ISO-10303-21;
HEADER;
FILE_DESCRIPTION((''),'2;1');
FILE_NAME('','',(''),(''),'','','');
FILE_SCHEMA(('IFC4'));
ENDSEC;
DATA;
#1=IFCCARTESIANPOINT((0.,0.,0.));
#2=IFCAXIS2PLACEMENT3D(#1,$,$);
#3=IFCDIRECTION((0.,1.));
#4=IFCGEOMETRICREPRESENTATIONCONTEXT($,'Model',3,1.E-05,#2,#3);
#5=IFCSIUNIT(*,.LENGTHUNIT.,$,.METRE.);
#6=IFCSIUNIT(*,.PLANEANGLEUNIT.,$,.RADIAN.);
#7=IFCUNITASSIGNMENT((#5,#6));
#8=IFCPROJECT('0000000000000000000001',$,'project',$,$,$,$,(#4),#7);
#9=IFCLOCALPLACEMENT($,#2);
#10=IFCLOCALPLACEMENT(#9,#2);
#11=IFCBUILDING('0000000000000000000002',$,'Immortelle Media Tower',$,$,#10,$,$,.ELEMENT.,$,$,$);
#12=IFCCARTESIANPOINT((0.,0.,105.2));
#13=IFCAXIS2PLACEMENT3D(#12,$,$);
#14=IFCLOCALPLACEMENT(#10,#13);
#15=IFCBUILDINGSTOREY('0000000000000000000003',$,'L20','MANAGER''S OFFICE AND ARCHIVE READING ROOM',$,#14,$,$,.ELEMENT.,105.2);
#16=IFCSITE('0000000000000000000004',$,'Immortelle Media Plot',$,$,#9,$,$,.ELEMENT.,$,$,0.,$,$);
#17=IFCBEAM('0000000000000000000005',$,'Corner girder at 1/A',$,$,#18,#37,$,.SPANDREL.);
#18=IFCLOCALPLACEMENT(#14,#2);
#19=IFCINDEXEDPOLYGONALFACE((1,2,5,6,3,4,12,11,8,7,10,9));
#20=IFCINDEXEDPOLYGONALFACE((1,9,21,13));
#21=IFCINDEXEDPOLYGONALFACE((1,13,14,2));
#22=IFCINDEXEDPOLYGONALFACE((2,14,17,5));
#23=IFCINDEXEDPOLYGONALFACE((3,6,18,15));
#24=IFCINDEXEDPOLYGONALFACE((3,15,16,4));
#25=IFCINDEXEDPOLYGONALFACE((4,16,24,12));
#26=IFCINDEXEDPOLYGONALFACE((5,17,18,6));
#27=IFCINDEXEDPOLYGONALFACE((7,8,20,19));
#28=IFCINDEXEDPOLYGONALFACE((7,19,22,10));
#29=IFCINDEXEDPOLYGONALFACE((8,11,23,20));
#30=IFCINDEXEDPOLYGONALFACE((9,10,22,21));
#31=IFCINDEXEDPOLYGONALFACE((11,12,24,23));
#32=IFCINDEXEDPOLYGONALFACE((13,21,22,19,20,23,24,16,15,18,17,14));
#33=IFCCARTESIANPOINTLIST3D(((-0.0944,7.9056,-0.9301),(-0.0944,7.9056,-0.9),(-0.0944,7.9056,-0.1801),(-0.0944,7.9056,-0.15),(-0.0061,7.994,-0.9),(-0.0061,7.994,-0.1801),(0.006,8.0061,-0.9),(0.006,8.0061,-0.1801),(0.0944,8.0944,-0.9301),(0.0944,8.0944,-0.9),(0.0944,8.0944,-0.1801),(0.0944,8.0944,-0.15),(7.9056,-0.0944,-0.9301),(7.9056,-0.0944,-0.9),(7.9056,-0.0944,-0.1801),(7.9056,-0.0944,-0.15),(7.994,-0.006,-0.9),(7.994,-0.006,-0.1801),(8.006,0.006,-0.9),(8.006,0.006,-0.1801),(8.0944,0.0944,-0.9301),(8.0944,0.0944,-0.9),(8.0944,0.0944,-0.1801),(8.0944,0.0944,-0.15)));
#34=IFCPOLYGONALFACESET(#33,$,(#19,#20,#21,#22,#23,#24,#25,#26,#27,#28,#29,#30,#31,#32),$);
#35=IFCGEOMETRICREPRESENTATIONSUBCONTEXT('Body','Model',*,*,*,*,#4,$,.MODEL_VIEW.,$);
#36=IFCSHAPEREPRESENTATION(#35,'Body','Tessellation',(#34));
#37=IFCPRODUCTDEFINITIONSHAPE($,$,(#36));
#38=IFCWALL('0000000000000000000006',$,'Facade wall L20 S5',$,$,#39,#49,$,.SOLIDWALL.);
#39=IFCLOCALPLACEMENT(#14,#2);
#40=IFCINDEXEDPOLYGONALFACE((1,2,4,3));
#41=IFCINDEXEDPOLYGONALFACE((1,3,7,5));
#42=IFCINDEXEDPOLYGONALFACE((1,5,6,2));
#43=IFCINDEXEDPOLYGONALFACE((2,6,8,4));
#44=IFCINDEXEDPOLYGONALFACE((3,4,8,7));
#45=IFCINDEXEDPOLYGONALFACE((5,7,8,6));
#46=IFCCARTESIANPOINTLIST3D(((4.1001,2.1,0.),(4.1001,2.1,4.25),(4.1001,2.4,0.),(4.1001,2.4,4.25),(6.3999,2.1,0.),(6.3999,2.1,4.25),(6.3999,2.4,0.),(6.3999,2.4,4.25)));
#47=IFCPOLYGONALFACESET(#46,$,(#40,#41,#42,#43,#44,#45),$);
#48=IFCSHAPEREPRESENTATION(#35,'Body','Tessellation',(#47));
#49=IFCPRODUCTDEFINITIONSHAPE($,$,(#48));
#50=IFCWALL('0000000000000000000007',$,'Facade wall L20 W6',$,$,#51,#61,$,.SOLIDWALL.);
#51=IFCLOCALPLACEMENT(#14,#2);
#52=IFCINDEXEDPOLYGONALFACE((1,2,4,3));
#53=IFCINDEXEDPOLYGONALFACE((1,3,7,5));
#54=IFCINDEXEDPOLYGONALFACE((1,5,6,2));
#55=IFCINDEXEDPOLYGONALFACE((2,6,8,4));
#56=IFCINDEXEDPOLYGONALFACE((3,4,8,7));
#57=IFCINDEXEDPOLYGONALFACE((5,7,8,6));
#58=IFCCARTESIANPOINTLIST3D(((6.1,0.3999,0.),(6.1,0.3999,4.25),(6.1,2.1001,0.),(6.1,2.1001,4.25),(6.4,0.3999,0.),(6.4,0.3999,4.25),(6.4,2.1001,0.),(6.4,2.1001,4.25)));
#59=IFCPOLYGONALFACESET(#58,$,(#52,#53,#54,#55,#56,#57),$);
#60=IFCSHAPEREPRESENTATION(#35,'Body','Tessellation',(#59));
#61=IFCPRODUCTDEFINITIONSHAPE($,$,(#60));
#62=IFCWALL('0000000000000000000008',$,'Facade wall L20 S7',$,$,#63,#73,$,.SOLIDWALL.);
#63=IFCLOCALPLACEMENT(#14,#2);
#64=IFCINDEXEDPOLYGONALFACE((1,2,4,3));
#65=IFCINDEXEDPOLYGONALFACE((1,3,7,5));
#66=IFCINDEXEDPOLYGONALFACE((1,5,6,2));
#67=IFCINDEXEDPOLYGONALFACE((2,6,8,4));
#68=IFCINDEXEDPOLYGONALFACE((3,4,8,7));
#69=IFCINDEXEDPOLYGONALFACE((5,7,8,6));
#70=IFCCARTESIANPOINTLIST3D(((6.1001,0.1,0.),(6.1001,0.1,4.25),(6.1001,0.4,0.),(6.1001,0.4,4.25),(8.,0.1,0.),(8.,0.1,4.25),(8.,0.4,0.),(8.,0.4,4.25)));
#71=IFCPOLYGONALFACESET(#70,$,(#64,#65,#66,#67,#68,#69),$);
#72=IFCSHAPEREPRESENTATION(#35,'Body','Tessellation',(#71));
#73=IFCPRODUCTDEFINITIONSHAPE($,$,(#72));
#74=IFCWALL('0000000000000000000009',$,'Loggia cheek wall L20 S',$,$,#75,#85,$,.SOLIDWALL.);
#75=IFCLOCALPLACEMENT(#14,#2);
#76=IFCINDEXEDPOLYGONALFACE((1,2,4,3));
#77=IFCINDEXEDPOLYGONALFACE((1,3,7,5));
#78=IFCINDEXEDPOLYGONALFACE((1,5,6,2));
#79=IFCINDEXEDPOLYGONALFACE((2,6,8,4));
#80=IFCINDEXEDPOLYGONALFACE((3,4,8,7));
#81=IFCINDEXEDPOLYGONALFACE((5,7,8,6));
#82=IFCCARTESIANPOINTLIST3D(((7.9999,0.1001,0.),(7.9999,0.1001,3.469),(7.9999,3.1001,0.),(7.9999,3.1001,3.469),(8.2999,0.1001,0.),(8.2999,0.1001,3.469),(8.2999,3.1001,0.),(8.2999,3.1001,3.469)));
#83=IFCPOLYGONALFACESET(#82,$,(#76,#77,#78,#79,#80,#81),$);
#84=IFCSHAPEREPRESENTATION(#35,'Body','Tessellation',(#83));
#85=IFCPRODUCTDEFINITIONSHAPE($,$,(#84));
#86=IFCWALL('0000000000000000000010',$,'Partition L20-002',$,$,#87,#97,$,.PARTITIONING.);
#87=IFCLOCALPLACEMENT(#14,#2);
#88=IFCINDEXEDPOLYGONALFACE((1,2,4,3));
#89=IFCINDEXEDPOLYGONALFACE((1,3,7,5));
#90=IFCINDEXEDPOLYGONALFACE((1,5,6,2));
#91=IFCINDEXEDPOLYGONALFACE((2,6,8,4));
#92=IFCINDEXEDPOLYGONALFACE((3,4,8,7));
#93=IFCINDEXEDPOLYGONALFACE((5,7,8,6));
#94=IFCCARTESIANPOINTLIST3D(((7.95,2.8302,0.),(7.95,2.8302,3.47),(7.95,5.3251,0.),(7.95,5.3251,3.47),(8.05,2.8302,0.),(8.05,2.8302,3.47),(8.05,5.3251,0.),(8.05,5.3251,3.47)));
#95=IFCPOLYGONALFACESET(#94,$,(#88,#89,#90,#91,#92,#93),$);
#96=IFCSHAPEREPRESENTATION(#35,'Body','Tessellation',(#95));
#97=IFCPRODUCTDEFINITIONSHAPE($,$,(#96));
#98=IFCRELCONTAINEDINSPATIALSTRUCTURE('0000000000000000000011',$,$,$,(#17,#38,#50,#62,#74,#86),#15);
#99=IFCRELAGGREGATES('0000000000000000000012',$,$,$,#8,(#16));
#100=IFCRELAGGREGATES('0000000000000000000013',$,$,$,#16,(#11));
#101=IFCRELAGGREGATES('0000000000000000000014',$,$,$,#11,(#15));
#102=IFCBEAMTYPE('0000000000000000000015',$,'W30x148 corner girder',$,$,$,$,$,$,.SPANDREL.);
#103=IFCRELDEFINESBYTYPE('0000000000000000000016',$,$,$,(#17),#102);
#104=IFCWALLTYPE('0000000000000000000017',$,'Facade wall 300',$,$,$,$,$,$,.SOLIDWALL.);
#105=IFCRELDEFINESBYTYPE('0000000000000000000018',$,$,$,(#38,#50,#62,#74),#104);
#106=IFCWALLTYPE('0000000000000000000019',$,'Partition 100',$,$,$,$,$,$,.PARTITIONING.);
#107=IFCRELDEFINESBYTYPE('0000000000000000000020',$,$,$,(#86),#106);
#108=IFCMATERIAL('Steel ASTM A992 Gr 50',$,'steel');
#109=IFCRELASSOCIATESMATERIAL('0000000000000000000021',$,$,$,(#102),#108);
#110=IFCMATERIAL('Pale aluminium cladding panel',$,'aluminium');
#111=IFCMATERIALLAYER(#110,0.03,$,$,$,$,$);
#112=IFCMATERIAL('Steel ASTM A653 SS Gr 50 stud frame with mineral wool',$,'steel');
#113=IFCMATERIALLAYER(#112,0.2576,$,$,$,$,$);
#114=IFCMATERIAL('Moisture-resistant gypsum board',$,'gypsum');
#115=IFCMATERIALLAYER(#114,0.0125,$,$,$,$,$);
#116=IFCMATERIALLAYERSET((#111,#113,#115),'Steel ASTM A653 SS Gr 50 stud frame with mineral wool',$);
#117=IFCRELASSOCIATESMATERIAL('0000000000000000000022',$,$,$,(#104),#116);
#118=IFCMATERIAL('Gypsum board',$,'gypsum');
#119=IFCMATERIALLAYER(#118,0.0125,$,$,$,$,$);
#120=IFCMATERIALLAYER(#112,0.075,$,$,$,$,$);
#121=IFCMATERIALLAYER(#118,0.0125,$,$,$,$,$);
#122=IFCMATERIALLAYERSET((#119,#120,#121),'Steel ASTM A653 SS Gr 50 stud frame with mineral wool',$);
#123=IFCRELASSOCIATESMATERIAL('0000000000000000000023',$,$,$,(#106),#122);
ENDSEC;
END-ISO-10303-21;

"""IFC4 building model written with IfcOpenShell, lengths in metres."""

from ifc_helpers import new_model, si_unit, direction, frame, frame_2d, origin, origin_2d, place, context, subcontext, project, spatial, rectangle, i_section, extrude, material, layer, layer_set, material_profile, profile_set, type_object, element, save


model = new_model("IFC4")

# Units and contexts
model_context = context("Model", 3, precision=1e-05, world=origin(), true_north=direction((0.0, 1.0)))
body_context = subcontext(model_context, "Body", "Model", "MODEL_VIEW")
ifc_project = project(units=[si_unit("LENGTHUNIT", "METRE"), si_unit("PLANEANGLEUNIT", "RADIAN")], contexts=[model_context])

# Site, building, storey
site_placement = place(None, origin())
site = spatial("IfcSite", under=ifc_project, at=site_placement, Name="Immortelle Media Plot", CompositionType="ELEMENT", RefElevation=0.0)
building_placement = place(site_placement, origin())
building = spatial("IfcBuilding", under=site, at=building_placement, Name="Immortelle Media Tower", CompositionType="ELEMENT")
storey_placement = place(building_placement, frame((0.0, 0.0, 105.2)))
storey = spatial("IfcBuildingStorey", under=building, at=storey_placement, Name="L20", Description="MANAGER'S OFFICE AND ARCHIVE READING ROOM", CompositionType="ELEMENT", Elevation=105.2)

# Shared definitions
ifc_material_1 = material(Name="Steel ASTM A992 Gr 50", Category="steel")

# Beam
ifc_material_profile_1 = material_profile(ifc_material_1, i_section(OverallWidth=0.2671, OverallDepth=0.78, WebThickness=0.0171, FlangeThickness=0.03, at=origin_2d()), Name="W30x148")
ifc_profile_set_1 = profile_set([ifc_material_profile_1], Name="Steel ASTM A992 Gr 50")
beam_type_1 = type_object("IfcBeamType", Name="W30x148 corner girder", PredefinedType="SPANDREL", material=ifc_profile_set_1)
beam_1_placement = place(storey_placement, frame((8.0, 0.0, -0.54), z_axis=(-0.707107, 0.707107, 0.0), x_axis=(-0.707107, -0.707107, 0.0)))
element("IfcBeam", 1, at=beam_1_placement, inside=storey, type_object=beam_type_1, Name="Corner girder at 1/A", PredefinedType="SPANDREL", context=body_context, shape_type="SweptSolid", body=[
    extrude(i_section(OverallWidth=0.2671, OverallDepth=0.78, WebThickness=0.0171, FlangeThickness=0.03, at=origin_2d()), origin(), (0.0, 0.0, 1.0), 11.3137),
])

# Walls
ifc_material_2 = material(Name="Pale aluminium cladding panel", Category="aluminium")
ifc_layer_1 = layer(ifc_material_2, 0.03)
ifc_material_3 = material(Name="Steel ASTM A653 SS Gr 50 stud frame with mineral wool", Category="steel")
ifc_layer_2 = layer(ifc_material_3, 0.2576)
ifc_material_4 = material(Name="Moisture-resistant gypsum board", Category="gypsum")
ifc_layer_3 = layer(ifc_material_4, 0.0125)
ifc_layer_set_1 = layer_set([ifc_layer_1, ifc_layer_2, ifc_layer_3], Name="Steel ASTM A653 SS Gr 50 stud frame with mineral wool")
wall_type_1 = type_object("IfcWallType", Name="Facade wall 300", PredefinedType="SOLIDWALL", material=ifc_layer_set_1)
wall_1_placement = place(storey_placement, frame((4.1001, 2.25, 0.0), z_axis=(0.0, 0.0, 1.0), x_axis=(1.0, 0.0, 0.0)))
element("IfcWall", 2, at=wall_1_placement, inside=storey, type_object=wall_type_1, Name="Facade wall L20 S5", PredefinedType="SOLIDWALL", context=body_context, shape_type="SweptSolid", body=[
    extrude(rectangle(XDim=2.2998, YDim=0.3, at=frame_2d((1.1499, 0.0))), origin(), (0.0, 0.0, 1.0), 4.25),
])
wall_2_placement = place(storey_placement, frame((6.25, 2.1001, 0.0), z_axis=(0.0, 0.0, 1.0), x_axis=(0.0, -1.0, 0.0)))
element("IfcWall", 3, at=wall_2_placement, inside=storey, type_object=wall_type_1, Name="Facade wall L20 W6", PredefinedType="SOLIDWALL", context=body_context, shape_type="SweptSolid", body=[
    extrude(rectangle(XDim=1.7002, YDim=0.3, at=frame_2d((0.8501, 0.0))), origin(), (0.0, 0.0, 1.0), 4.25),
])
wall_3_placement = place(storey_placement, frame((6.1001, 0.25, 0.0), z_axis=(0.0, 0.0, 1.0), x_axis=(1.0, 0.0, 0.0)))
element("IfcWall", 4, at=wall_3_placement, inside=storey, type_object=wall_type_1, Name="Facade wall L20 S7", PredefinedType="SOLIDWALL", context=body_context, shape_type="SweptSolid", body=[
    extrude(rectangle(XDim=1.8999, YDim=0.3, at=frame_2d((0.95, 0.0))), origin(), (0.0, 0.0, 1.0), 4.25),
])

# Walls
wall_4_placement = place(storey_placement, frame((8.1499, 0.1001, 0.0), z_axis=(0.0, 0.0, 1.0), x_axis=(0.0, 1.0, 0.0)))
element("IfcWall", 5, at=wall_4_placement, inside=storey, type_object=wall_type_1, Name="Loggia cheek wall L20 S", PredefinedType="SOLIDWALL", context=body_context, shape_type="SweptSolid", body=[
    extrude(rectangle(XDim=3.0, YDim=0.3, at=frame_2d((1.5, 0.0))), origin(), (0.0, 0.0, 1.0), 3.469),
])
ifc_material_5 = material(Name="Gypsum board", Category="gypsum")
ifc_layer_4 = layer(ifc_material_5, 0.0125)
ifc_layer_5 = layer(ifc_material_3, 0.075)
ifc_layer_6 = layer(ifc_material_5, 0.0125)
ifc_layer_set_2 = layer_set([ifc_layer_4, ifc_layer_5, ifc_layer_6], Name="Steel ASTM A653 SS Gr 50 stud frame with mineral wool")
wall_type_2 = type_object("IfcWallType", Name="Partition 100", PredefinedType="PARTITIONING", material=ifc_layer_set_2)
wall_5_placement = place(storey_placement, frame((8.0, 2.8301, 0.0), z_axis=(0.0, 0.0, 1.0), x_axis=(0.0, 1.0, 0.0)))
element("IfcWall", 6, at=wall_5_placement, inside=storey, type_object=wall_type_2, Name="Partition L20-002", PredefinedType="PARTITIONING", context=body_context, shape_type="SweptSolid", body=[
    extrude(rectangle(XDim=2.4949, YDim=0.1001, at=frame_2d((1.2476, 0.0))), origin(), (0.0, 0.0, 1.0), 3.47),
])

save(model, "model.ifc")
